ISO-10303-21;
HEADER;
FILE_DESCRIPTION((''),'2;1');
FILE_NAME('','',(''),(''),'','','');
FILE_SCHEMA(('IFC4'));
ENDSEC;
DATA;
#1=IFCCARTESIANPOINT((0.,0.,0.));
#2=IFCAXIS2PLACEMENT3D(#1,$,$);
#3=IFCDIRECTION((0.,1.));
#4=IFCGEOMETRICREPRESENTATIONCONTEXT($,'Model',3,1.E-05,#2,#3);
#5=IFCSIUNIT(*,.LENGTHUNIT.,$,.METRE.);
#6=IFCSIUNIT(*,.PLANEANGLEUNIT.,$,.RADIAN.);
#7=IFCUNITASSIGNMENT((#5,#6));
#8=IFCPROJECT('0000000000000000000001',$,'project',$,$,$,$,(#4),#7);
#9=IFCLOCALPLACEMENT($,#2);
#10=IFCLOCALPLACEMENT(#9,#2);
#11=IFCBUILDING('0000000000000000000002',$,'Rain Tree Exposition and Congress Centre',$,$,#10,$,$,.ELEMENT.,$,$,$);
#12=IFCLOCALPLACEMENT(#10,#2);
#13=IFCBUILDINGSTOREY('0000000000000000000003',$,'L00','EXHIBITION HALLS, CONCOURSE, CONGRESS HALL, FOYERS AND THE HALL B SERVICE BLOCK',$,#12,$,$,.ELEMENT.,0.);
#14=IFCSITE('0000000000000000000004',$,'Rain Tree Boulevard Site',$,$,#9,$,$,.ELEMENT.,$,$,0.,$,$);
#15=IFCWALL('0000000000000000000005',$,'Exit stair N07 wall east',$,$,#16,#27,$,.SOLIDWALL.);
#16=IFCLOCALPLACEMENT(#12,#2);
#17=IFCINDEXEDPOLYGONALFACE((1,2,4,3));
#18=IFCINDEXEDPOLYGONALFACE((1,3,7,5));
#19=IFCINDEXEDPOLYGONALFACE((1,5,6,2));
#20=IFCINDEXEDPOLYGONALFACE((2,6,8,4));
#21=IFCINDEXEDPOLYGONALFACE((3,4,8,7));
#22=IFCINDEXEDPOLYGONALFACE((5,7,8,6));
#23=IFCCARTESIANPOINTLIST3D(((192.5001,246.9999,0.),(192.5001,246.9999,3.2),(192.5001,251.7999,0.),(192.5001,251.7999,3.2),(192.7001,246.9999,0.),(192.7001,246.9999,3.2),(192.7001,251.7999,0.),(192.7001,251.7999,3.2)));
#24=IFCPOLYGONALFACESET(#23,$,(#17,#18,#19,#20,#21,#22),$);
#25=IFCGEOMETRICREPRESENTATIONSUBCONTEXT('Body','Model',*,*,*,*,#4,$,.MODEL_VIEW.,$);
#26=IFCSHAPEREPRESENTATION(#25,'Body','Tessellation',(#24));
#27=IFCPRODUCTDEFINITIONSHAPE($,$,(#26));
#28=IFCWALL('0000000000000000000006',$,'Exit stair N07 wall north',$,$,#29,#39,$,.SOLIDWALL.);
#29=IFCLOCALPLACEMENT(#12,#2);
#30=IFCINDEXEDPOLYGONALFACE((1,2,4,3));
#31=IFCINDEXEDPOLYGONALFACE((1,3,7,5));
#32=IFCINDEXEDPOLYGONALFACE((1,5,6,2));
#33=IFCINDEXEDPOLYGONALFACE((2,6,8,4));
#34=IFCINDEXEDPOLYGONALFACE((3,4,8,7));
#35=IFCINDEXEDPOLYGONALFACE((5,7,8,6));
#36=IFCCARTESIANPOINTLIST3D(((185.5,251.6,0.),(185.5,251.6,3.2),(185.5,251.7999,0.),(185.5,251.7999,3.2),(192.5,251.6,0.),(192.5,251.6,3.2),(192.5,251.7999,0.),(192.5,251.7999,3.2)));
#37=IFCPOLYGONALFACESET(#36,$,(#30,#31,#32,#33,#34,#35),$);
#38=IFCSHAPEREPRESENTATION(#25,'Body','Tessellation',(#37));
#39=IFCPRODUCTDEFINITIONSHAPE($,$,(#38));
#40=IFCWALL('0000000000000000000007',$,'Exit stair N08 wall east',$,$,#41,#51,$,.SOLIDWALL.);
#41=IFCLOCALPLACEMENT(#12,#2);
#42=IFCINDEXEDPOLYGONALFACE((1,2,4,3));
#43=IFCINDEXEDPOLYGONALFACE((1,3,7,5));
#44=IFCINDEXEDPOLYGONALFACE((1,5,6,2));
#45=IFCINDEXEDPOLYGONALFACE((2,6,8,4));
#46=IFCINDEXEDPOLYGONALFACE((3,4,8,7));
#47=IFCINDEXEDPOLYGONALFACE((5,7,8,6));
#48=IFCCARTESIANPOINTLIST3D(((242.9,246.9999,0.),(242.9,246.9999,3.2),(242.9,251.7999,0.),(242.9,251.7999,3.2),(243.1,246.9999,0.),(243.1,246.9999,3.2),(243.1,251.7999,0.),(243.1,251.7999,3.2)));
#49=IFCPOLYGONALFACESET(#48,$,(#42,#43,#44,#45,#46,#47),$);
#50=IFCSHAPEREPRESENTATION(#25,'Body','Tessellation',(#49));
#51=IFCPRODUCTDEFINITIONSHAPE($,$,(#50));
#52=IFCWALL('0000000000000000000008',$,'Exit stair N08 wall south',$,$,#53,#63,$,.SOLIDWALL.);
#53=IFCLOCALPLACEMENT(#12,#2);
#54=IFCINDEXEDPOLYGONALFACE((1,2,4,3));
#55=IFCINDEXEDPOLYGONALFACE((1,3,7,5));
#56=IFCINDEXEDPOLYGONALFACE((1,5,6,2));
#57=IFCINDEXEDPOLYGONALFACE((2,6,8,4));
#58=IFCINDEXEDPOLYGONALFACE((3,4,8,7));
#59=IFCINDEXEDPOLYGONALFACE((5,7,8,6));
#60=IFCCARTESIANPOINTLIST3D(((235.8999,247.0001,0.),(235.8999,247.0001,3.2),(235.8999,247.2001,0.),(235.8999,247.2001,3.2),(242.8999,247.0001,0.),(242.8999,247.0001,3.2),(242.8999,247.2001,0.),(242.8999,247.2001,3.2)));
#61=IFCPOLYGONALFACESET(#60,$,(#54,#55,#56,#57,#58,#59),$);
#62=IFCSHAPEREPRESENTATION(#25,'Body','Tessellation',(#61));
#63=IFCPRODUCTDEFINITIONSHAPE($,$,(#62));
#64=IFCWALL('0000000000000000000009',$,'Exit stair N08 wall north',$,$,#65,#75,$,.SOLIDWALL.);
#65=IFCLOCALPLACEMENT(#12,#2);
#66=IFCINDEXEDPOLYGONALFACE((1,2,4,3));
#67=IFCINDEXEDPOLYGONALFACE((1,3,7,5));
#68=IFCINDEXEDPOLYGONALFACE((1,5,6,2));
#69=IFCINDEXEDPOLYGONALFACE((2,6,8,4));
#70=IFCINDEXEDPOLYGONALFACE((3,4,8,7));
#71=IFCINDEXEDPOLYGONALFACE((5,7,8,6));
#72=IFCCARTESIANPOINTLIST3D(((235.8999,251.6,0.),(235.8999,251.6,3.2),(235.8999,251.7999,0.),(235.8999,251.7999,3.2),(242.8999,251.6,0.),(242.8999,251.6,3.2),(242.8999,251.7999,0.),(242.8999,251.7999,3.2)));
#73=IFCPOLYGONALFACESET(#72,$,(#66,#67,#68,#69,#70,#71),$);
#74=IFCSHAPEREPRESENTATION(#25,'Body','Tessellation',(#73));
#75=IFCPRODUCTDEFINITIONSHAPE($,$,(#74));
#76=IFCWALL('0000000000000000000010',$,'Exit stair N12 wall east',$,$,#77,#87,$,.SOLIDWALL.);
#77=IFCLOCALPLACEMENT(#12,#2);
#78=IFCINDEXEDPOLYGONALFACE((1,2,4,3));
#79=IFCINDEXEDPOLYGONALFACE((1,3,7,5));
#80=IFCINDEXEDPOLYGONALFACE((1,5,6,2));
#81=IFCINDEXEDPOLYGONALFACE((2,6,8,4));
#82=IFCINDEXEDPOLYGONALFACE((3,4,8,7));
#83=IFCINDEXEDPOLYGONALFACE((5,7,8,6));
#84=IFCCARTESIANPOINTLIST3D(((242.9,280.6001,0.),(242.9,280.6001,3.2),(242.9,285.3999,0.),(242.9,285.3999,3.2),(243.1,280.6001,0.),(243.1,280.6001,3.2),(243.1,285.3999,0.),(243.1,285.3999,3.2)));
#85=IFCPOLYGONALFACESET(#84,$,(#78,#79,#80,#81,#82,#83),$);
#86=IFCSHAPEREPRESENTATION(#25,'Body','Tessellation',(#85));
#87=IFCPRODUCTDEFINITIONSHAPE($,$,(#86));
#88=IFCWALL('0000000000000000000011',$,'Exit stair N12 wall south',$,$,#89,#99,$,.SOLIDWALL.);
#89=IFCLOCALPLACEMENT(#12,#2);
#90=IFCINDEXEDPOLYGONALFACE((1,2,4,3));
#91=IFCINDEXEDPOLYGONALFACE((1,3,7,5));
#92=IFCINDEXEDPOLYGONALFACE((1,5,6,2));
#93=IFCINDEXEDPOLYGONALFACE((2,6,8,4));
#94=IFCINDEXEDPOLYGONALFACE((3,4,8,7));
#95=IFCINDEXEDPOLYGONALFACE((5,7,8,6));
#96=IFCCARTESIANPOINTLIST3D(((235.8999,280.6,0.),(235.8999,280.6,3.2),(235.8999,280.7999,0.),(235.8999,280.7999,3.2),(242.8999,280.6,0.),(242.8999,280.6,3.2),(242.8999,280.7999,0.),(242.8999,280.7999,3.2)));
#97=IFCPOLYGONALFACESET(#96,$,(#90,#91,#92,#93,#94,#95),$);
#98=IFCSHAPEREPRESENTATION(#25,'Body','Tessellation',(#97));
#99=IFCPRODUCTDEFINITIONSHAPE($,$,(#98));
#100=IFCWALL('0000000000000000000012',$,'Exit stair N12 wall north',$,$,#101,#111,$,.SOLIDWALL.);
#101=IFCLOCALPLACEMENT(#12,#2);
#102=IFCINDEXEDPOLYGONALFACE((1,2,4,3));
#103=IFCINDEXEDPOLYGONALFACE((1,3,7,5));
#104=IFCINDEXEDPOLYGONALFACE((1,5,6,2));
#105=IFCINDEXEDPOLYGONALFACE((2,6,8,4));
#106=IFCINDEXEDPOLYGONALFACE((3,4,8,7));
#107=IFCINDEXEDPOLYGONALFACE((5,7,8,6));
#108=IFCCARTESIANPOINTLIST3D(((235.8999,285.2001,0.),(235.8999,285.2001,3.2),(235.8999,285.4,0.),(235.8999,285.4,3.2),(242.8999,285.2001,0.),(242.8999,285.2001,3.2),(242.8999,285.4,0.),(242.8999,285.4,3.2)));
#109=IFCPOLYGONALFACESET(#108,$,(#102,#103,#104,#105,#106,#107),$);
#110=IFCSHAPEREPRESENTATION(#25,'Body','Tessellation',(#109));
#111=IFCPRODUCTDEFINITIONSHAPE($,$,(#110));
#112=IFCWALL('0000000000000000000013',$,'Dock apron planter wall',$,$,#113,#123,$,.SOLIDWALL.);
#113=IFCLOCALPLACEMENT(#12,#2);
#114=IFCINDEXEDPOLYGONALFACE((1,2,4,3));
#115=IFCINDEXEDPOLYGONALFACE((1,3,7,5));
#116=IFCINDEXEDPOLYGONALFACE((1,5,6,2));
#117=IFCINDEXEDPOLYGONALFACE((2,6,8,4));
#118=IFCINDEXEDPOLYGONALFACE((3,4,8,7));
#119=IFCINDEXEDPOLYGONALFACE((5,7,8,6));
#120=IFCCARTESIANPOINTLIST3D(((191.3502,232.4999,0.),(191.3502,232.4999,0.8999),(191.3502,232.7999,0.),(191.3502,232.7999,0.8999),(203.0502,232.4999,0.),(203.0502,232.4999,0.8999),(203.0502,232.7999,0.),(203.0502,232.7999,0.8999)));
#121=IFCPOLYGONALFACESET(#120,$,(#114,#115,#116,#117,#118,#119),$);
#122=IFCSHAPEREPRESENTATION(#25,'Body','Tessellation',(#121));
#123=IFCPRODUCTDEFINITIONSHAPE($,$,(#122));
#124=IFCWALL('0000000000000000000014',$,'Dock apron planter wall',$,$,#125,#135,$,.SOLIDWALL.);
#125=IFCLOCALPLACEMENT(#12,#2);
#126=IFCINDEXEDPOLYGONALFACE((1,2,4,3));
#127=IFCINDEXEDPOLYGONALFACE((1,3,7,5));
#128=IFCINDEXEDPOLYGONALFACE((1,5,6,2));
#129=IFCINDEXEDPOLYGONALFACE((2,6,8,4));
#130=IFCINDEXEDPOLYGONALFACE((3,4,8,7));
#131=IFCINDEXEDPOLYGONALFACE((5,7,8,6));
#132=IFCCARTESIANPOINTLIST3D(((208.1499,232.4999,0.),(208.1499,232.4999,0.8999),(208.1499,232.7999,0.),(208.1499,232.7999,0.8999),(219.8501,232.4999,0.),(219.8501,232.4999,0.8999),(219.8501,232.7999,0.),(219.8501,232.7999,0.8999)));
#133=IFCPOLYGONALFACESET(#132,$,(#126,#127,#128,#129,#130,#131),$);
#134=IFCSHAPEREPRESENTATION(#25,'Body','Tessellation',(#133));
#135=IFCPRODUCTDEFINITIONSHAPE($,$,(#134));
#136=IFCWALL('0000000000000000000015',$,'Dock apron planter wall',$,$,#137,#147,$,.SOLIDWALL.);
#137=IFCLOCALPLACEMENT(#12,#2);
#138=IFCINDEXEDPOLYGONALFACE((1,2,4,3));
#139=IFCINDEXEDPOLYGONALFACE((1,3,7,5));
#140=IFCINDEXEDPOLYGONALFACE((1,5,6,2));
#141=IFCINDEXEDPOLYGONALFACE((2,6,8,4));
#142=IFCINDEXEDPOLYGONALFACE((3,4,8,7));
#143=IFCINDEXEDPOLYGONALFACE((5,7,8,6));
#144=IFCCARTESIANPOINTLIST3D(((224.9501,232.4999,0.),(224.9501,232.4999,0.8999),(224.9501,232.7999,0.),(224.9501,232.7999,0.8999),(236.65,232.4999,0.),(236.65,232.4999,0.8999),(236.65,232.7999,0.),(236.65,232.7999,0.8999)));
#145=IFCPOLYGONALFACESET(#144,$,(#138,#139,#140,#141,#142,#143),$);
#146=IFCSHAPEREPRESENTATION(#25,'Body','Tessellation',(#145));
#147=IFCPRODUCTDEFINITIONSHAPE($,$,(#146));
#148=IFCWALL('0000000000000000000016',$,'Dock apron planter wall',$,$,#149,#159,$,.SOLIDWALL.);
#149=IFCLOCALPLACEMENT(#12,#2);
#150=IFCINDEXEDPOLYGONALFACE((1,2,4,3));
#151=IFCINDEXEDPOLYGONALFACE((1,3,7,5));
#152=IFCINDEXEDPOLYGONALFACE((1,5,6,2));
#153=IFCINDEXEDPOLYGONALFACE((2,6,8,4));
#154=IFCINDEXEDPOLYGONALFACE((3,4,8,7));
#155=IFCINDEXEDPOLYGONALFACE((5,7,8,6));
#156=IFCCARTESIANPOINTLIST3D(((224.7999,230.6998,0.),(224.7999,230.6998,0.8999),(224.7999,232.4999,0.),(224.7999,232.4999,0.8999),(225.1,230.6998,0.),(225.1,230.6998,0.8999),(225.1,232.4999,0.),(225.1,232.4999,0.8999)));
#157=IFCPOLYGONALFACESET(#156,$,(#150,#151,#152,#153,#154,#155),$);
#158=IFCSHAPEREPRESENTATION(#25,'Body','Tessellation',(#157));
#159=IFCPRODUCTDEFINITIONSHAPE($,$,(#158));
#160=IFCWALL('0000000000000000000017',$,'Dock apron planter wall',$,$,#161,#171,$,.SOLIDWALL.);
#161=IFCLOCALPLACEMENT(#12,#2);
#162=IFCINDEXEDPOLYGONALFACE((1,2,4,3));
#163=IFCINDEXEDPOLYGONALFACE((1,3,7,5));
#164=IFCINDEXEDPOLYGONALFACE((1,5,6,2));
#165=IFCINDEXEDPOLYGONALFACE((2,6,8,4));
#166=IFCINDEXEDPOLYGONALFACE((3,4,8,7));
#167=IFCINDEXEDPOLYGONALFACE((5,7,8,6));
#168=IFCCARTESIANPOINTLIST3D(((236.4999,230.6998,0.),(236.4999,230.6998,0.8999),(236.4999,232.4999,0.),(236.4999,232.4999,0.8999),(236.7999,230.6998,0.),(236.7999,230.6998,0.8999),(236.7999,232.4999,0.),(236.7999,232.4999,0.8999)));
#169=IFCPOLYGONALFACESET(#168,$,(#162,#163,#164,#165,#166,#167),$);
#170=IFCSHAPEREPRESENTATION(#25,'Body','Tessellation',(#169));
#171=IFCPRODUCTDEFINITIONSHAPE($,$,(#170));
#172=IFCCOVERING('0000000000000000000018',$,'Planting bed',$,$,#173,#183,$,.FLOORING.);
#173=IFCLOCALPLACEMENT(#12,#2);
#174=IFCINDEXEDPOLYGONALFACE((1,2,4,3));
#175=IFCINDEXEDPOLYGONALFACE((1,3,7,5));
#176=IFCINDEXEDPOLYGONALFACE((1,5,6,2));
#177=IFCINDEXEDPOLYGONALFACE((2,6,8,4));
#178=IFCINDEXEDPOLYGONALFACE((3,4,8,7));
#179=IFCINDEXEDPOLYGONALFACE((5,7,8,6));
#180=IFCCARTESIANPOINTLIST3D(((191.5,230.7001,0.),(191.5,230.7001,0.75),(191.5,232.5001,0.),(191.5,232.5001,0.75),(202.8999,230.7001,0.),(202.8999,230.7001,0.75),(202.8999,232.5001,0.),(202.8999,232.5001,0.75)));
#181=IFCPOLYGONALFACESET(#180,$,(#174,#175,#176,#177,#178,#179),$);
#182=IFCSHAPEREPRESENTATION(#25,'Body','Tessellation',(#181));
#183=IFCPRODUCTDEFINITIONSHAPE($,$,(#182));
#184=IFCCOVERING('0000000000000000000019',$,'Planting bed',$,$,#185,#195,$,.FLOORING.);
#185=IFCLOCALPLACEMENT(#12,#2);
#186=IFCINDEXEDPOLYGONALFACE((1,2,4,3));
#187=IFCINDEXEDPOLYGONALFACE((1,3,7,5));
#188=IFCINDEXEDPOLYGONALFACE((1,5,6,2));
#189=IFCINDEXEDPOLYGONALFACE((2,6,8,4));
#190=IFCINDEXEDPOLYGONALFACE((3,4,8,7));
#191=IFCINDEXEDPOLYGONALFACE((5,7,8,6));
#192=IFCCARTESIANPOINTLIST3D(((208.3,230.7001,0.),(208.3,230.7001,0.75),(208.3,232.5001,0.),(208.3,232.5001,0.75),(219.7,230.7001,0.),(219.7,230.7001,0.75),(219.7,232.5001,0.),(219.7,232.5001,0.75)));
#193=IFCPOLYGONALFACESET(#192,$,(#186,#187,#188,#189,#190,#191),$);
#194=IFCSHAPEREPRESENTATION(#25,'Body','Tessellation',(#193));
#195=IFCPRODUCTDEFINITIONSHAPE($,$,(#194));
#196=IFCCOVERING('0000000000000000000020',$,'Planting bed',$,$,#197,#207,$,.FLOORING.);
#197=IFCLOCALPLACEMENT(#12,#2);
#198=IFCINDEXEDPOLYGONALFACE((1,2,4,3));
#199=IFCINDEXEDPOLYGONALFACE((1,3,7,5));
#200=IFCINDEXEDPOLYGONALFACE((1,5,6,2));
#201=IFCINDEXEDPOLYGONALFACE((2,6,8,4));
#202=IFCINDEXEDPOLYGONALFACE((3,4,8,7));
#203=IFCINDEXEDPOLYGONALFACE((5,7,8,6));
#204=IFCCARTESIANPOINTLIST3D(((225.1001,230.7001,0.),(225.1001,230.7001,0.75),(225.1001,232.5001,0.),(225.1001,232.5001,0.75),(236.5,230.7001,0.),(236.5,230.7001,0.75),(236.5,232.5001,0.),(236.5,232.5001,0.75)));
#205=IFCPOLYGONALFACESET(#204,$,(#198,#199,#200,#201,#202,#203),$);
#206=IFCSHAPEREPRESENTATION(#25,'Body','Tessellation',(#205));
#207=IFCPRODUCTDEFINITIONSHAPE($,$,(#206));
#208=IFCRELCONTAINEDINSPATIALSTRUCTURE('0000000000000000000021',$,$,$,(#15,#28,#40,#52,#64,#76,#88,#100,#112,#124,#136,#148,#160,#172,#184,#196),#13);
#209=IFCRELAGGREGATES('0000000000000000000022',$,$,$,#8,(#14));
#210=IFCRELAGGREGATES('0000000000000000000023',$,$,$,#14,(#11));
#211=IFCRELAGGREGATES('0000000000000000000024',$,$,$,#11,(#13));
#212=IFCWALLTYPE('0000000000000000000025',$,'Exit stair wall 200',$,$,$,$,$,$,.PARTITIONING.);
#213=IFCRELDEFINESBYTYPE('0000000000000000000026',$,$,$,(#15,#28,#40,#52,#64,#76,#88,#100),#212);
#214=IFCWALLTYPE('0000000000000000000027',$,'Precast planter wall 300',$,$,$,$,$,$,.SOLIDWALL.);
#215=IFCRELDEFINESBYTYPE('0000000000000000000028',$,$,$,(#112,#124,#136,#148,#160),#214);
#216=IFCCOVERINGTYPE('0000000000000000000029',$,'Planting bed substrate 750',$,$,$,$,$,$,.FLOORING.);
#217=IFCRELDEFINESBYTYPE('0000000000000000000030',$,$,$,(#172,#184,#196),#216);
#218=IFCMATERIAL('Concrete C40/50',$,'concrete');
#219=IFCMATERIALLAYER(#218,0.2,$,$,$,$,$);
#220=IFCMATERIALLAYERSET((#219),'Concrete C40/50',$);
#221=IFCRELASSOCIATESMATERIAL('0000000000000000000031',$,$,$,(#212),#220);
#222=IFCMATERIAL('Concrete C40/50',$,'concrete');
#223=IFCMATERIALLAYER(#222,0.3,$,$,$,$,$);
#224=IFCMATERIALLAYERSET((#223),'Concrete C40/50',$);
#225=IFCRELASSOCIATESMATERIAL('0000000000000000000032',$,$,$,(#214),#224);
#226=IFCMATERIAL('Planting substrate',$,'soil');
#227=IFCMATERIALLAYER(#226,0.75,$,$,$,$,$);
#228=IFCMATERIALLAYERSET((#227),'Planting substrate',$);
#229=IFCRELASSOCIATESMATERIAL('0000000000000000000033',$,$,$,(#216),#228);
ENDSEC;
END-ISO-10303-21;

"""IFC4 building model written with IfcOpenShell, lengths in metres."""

from ifc_helpers import new_model, si_unit, direction, frame, frame_2d, origin, origin_2d, place, context, subcontext, project, spatial, rectangle, extrude, material, layer, layer_set, type_object, element, save


model = new_model("IFC4")

# Units and contexts
model_context = context("Model", 3, precision=1e-05, world=origin(), true_north=direction((0.0, 1.0)))
body_context = subcontext(model_context, "Body", "Model", "MODEL_VIEW")
ifc_project = project(units=[si_unit("LENGTHUNIT", "METRE"), si_unit("PLANEANGLEUNIT", "RADIAN")], contexts=[model_context])

# Site, building, storey
site_placement = place(None, origin())
site = spatial("IfcSite", under=ifc_project, at=site_placement, Name="Rain Tree Boulevard Site", CompositionType="ELEMENT", RefElevation=0.0)
building_placement = place(site_placement, origin())
building = spatial("IfcBuilding", under=site, at=building_placement, Name="Rain Tree Exposition and Congress Centre", CompositionType="ELEMENT")
storey_placement = place(building_placement, origin())
storey = spatial("IfcBuildingStorey", under=building, at=storey_placement, Name="L00", Description="EXHIBITION HALLS, CONCOURSE, CONGRESS HALL, FOYERS AND THE HALL B SERVICE BLOCK", CompositionType="ELEMENT", Elevation=0.0)

# Walls
ifc_material_1 = material(Name="Concrete C40/50", Category="concrete")
ifc_layer_1 = layer(ifc_material_1, 0.2)
ifc_layer_set_1 = layer_set([ifc_layer_1], Name="Concrete C40/50")
wall_type_1 = type_object("IfcWallType", Name="Exit stair wall 200", PredefinedType="PARTITIONING", material=ifc_layer_set_1)
wall_1_placement = place(storey_placement, frame((192.6001, 247.0, 0.0), z_axis=(0.0, 0.0, 1.0), x_axis=(0.0, 1.0, 0.0)))
element("IfcWall", 1, at=wall_1_placement, inside=storey, type_object=wall_type_1, Name="Exit stair N07 wall east", PredefinedType="SOLIDWALL", context=body_context, shape_type="SweptSolid", body=[
    extrude(rectangle(XDim=4.8, YDim=0.2, at=frame_2d((2.3999, 0.0))), origin(), (0.0, 0.0, 1.0), 3.2),
])
wall_2_placement = place(storey_placement, frame((185.5, 251.7, 0.0), z_axis=(0.0, 0.0, 1.0), x_axis=(1.0, 0.0, 0.0)))
element("IfcWall", 2, at=wall_2_placement, inside=storey, type_object=wall_type_1, Name="Exit stair N07 wall north", PredefinedType="SOLIDWALL", context=body_context, shape_type="SweptSolid", body=[
    extrude(rectangle(XDim=7.0, YDim=0.2, at=frame_2d((3.5, 0.0))), origin(), (0.0, 0.0, 1.0), 3.2),
])

# Walls
wall_3_placement = place(storey_placement, frame((243.0, 247.0, 0.0), z_axis=(0.0, 0.0, 1.0), x_axis=(0.0, 1.0, 0.0)))
element("IfcWall", 3, at=wall_3_placement, inside=storey, type_object=wall_type_1, Name="Exit stair N08 wall east", PredefinedType="SOLIDWALL", context=body_context, shape_type="SweptSolid", body=[
    extrude(rectangle(XDim=4.8, YDim=0.2, at=frame_2d((2.3999, 0.0))), origin(), (0.0, 0.0, 1.0), 3.2),
])
for number, where, z_axis, x_axis, name in (
    (4, (235.8999, 247.1001, 0.0), (0.0, 0.0, 1.0), (1.0, 0.0, 0.0), "Exit stair N08 wall south"),
    (5, (235.8999, 251.7, 0.0), (0.0, 0.0, 1.0), (1.0, 0.0, 0.0), "Exit stair N08 wall north"),
):
    element("IfcWall", number, at=place(storey_placement, frame(where, z_axis=z_axis, x_axis=x_axis)), inside=storey, type_object=wall_type_1, Name=name, PredefinedType="SOLIDWALL", context=body_context, shape_type="SweptSolid", body=[
        extrude(rectangle(XDim=7.0, YDim=0.2, at=frame_2d((3.5, 0.0))), origin(), (0.0, 0.0, 1.0), 3.2),
    ])

# Walls
wall_4_placement = place(storey_placement, frame((243.0, 280.6001, 0.0), z_axis=(0.0, 0.0, 1.0), x_axis=(0.0, 1.0, 0.0)))
element("IfcWall", 6, at=wall_4_placement, inside=storey, type_object=wall_type_1, Name="Exit stair N12 wall east", PredefinedType="SOLIDWALL", context=body_context, shape_type="SweptSolid", body=[
    extrude(rectangle(XDim=4.7998, YDim=0.2, at=frame_2d((2.3999, 0.0))), origin(), (0.0, 0.0, 1.0), 3.2),
])
for number, where, z_axis, x_axis, name in (
    (7, (235.8999, 280.7, 0.0), (0.0, 0.0, 1.0), (1.0, 0.0, 0.0), "Exit stair N12 wall south"),
    (8, (235.8999, 285.3, 0.0), (0.0, 0.0, 1.0), (1.0, 0.0, 0.0), "Exit stair N12 wall north"),
):
    element("IfcWall", number, at=place(storey_placement, frame(where, z_axis=z_axis, x_axis=x_axis)), inside=storey, type_object=wall_type_1, Name=name, PredefinedType="SOLIDWALL", context=body_context, shape_type="SweptSolid", body=[
        extrude(rectangle(XDim=7.0, YDim=0.2, at=frame_2d((3.5, 0.0))), origin(), (0.0, 0.0, 1.0), 3.2),
    ])
ifc_material_2 = material(Name="Concrete C40/50", Category="concrete")
ifc_layer_2 = layer(ifc_material_2, 0.3)
ifc_layer_set_2 = layer_set([ifc_layer_2], Name="Concrete C40/50")
wall_type_2 = type_object("IfcWallType", Name="Precast planter wall 300", PredefinedType="SOLIDWALL", material=ifc_layer_set_2)
wall_5_placement = place(storey_placement, frame((191.3501, 232.6499, 0.0), z_axis=(0.0, 0.0, 1.0), x_axis=(1.0, 0.0, 0.0)))
element("IfcWall", 9, at=wall_5_placement, inside=storey, type_object=wall_type_2, Name="Dock apron planter wall", PredefinedType="SOLIDWALL", context=body_context, shape_type="SweptSolid", body=[
    extrude(rectangle(XDim=11.7, YDim=0.3, at=frame_2d((5.8501, 0.0))), origin(), (0.0, 0.0, 1.0), 0.8999),
])
wall_6_placement = place(storey_placement, frame((208.1499, 232.6499, 0.0), z_axis=(0.0, 0.0, 1.0), x_axis=(1.0, 0.0, 0.0)))
element("IfcWall", 10, at=wall_6_placement, inside=storey, type_object=wall_type_2, Name="Dock apron planter wall", PredefinedType="SOLIDWALL", context=body_context, shape_type="SweptSolid", body=[
    extrude(rectangle(XDim=11.7002, YDim=0.3, at=frame_2d((5.8501, 0.0))), origin(), (0.0, 0.0, 1.0), 0.8999),
])
wall_7_placement = place(storey_placement, frame((224.95, 232.6499, 0.0), z_axis=(0.0, 0.0, 1.0), x_axis=(1.0, 0.0, 0.0)))
element("IfcWall", 11, at=wall_7_placement, inside=storey, type_object=wall_type_2, Name="Dock apron planter wall", PredefinedType="SOLIDWALL", context=body_context, shape_type="SweptSolid", body=[
    extrude(rectangle(XDim=11.7, YDim=0.3, at=frame_2d((5.8501, 0.0))), origin(), (0.0, 0.0, 1.0), 0.8999),
])
for number, where, z_axis, x_axis, name in (
    (12, (224.95, 230.7, 0.0), (0.0, 0.0, 1.0), (0.0, 1.0, 0.0), "Dock apron planter wall"),
    (13, (236.6499, 230.7, 0.0), (0.0, 0.0, 1.0), (0.0, 1.0, 0.0), "Dock apron planter wall"),
):
    element("IfcWall", number, at=place(storey_placement, frame(where, z_axis=z_axis, x_axis=x_axis)), inside=storey, type_object=wall_type_2, Name=name, PredefinedType="SOLIDWALL", context=body_context, shape_type="SweptSolid", body=[
        extrude(rectangle(XDim=1.8, YDim=0.3, at=frame_2d((0.8999, 0.0))), origin(), (0.0, 0.0, 1.0), 0.8999),
    ])

# Coverings
ifc_material_3 = material(Name="Planting substrate", Category="soil")
ifc_layer_3 = layer(ifc_material_3, 0.75)
ifc_layer_set_3 = layer_set([ifc_layer_3], Name="Planting substrate")
covering_type = type_object("IfcCoveringType", Name="Planting bed substrate 750", PredefinedType="FLOORING", material=ifc_layer_set_3)
for number, where, z_axis, x_axis, name in (
    (14, (197.2, 231.6001, 0.0), (0.0, 0.0, 1.0), (1.0, 0.0, 0.0), "Planting bed"),
    (15, (214.0, 231.6001, 0.0), (0.0, 0.0, 1.0), (1.0, 0.0, 0.0), "Planting bed"),
    (16, (230.8, 231.6001, 0.0), (0.0, 0.0, 1.0), (1.0, 0.0, 0.0), "Planting bed"),
):
    element("IfcCovering", number, at=place(storey_placement, frame(where, z_axis=z_axis, x_axis=x_axis)), inside=storey, type_object=covering_type, Name=name, PredefinedType="FLOORING", context=body_context, shape_type="SweptSolid", body=[
        extrude(rectangle(XDim=11.3999, YDim=1.8, at=origin_2d()), origin(), (0.0, 0.0, 1.0), 0.75),
    ])

save(model, "model.ifc")
